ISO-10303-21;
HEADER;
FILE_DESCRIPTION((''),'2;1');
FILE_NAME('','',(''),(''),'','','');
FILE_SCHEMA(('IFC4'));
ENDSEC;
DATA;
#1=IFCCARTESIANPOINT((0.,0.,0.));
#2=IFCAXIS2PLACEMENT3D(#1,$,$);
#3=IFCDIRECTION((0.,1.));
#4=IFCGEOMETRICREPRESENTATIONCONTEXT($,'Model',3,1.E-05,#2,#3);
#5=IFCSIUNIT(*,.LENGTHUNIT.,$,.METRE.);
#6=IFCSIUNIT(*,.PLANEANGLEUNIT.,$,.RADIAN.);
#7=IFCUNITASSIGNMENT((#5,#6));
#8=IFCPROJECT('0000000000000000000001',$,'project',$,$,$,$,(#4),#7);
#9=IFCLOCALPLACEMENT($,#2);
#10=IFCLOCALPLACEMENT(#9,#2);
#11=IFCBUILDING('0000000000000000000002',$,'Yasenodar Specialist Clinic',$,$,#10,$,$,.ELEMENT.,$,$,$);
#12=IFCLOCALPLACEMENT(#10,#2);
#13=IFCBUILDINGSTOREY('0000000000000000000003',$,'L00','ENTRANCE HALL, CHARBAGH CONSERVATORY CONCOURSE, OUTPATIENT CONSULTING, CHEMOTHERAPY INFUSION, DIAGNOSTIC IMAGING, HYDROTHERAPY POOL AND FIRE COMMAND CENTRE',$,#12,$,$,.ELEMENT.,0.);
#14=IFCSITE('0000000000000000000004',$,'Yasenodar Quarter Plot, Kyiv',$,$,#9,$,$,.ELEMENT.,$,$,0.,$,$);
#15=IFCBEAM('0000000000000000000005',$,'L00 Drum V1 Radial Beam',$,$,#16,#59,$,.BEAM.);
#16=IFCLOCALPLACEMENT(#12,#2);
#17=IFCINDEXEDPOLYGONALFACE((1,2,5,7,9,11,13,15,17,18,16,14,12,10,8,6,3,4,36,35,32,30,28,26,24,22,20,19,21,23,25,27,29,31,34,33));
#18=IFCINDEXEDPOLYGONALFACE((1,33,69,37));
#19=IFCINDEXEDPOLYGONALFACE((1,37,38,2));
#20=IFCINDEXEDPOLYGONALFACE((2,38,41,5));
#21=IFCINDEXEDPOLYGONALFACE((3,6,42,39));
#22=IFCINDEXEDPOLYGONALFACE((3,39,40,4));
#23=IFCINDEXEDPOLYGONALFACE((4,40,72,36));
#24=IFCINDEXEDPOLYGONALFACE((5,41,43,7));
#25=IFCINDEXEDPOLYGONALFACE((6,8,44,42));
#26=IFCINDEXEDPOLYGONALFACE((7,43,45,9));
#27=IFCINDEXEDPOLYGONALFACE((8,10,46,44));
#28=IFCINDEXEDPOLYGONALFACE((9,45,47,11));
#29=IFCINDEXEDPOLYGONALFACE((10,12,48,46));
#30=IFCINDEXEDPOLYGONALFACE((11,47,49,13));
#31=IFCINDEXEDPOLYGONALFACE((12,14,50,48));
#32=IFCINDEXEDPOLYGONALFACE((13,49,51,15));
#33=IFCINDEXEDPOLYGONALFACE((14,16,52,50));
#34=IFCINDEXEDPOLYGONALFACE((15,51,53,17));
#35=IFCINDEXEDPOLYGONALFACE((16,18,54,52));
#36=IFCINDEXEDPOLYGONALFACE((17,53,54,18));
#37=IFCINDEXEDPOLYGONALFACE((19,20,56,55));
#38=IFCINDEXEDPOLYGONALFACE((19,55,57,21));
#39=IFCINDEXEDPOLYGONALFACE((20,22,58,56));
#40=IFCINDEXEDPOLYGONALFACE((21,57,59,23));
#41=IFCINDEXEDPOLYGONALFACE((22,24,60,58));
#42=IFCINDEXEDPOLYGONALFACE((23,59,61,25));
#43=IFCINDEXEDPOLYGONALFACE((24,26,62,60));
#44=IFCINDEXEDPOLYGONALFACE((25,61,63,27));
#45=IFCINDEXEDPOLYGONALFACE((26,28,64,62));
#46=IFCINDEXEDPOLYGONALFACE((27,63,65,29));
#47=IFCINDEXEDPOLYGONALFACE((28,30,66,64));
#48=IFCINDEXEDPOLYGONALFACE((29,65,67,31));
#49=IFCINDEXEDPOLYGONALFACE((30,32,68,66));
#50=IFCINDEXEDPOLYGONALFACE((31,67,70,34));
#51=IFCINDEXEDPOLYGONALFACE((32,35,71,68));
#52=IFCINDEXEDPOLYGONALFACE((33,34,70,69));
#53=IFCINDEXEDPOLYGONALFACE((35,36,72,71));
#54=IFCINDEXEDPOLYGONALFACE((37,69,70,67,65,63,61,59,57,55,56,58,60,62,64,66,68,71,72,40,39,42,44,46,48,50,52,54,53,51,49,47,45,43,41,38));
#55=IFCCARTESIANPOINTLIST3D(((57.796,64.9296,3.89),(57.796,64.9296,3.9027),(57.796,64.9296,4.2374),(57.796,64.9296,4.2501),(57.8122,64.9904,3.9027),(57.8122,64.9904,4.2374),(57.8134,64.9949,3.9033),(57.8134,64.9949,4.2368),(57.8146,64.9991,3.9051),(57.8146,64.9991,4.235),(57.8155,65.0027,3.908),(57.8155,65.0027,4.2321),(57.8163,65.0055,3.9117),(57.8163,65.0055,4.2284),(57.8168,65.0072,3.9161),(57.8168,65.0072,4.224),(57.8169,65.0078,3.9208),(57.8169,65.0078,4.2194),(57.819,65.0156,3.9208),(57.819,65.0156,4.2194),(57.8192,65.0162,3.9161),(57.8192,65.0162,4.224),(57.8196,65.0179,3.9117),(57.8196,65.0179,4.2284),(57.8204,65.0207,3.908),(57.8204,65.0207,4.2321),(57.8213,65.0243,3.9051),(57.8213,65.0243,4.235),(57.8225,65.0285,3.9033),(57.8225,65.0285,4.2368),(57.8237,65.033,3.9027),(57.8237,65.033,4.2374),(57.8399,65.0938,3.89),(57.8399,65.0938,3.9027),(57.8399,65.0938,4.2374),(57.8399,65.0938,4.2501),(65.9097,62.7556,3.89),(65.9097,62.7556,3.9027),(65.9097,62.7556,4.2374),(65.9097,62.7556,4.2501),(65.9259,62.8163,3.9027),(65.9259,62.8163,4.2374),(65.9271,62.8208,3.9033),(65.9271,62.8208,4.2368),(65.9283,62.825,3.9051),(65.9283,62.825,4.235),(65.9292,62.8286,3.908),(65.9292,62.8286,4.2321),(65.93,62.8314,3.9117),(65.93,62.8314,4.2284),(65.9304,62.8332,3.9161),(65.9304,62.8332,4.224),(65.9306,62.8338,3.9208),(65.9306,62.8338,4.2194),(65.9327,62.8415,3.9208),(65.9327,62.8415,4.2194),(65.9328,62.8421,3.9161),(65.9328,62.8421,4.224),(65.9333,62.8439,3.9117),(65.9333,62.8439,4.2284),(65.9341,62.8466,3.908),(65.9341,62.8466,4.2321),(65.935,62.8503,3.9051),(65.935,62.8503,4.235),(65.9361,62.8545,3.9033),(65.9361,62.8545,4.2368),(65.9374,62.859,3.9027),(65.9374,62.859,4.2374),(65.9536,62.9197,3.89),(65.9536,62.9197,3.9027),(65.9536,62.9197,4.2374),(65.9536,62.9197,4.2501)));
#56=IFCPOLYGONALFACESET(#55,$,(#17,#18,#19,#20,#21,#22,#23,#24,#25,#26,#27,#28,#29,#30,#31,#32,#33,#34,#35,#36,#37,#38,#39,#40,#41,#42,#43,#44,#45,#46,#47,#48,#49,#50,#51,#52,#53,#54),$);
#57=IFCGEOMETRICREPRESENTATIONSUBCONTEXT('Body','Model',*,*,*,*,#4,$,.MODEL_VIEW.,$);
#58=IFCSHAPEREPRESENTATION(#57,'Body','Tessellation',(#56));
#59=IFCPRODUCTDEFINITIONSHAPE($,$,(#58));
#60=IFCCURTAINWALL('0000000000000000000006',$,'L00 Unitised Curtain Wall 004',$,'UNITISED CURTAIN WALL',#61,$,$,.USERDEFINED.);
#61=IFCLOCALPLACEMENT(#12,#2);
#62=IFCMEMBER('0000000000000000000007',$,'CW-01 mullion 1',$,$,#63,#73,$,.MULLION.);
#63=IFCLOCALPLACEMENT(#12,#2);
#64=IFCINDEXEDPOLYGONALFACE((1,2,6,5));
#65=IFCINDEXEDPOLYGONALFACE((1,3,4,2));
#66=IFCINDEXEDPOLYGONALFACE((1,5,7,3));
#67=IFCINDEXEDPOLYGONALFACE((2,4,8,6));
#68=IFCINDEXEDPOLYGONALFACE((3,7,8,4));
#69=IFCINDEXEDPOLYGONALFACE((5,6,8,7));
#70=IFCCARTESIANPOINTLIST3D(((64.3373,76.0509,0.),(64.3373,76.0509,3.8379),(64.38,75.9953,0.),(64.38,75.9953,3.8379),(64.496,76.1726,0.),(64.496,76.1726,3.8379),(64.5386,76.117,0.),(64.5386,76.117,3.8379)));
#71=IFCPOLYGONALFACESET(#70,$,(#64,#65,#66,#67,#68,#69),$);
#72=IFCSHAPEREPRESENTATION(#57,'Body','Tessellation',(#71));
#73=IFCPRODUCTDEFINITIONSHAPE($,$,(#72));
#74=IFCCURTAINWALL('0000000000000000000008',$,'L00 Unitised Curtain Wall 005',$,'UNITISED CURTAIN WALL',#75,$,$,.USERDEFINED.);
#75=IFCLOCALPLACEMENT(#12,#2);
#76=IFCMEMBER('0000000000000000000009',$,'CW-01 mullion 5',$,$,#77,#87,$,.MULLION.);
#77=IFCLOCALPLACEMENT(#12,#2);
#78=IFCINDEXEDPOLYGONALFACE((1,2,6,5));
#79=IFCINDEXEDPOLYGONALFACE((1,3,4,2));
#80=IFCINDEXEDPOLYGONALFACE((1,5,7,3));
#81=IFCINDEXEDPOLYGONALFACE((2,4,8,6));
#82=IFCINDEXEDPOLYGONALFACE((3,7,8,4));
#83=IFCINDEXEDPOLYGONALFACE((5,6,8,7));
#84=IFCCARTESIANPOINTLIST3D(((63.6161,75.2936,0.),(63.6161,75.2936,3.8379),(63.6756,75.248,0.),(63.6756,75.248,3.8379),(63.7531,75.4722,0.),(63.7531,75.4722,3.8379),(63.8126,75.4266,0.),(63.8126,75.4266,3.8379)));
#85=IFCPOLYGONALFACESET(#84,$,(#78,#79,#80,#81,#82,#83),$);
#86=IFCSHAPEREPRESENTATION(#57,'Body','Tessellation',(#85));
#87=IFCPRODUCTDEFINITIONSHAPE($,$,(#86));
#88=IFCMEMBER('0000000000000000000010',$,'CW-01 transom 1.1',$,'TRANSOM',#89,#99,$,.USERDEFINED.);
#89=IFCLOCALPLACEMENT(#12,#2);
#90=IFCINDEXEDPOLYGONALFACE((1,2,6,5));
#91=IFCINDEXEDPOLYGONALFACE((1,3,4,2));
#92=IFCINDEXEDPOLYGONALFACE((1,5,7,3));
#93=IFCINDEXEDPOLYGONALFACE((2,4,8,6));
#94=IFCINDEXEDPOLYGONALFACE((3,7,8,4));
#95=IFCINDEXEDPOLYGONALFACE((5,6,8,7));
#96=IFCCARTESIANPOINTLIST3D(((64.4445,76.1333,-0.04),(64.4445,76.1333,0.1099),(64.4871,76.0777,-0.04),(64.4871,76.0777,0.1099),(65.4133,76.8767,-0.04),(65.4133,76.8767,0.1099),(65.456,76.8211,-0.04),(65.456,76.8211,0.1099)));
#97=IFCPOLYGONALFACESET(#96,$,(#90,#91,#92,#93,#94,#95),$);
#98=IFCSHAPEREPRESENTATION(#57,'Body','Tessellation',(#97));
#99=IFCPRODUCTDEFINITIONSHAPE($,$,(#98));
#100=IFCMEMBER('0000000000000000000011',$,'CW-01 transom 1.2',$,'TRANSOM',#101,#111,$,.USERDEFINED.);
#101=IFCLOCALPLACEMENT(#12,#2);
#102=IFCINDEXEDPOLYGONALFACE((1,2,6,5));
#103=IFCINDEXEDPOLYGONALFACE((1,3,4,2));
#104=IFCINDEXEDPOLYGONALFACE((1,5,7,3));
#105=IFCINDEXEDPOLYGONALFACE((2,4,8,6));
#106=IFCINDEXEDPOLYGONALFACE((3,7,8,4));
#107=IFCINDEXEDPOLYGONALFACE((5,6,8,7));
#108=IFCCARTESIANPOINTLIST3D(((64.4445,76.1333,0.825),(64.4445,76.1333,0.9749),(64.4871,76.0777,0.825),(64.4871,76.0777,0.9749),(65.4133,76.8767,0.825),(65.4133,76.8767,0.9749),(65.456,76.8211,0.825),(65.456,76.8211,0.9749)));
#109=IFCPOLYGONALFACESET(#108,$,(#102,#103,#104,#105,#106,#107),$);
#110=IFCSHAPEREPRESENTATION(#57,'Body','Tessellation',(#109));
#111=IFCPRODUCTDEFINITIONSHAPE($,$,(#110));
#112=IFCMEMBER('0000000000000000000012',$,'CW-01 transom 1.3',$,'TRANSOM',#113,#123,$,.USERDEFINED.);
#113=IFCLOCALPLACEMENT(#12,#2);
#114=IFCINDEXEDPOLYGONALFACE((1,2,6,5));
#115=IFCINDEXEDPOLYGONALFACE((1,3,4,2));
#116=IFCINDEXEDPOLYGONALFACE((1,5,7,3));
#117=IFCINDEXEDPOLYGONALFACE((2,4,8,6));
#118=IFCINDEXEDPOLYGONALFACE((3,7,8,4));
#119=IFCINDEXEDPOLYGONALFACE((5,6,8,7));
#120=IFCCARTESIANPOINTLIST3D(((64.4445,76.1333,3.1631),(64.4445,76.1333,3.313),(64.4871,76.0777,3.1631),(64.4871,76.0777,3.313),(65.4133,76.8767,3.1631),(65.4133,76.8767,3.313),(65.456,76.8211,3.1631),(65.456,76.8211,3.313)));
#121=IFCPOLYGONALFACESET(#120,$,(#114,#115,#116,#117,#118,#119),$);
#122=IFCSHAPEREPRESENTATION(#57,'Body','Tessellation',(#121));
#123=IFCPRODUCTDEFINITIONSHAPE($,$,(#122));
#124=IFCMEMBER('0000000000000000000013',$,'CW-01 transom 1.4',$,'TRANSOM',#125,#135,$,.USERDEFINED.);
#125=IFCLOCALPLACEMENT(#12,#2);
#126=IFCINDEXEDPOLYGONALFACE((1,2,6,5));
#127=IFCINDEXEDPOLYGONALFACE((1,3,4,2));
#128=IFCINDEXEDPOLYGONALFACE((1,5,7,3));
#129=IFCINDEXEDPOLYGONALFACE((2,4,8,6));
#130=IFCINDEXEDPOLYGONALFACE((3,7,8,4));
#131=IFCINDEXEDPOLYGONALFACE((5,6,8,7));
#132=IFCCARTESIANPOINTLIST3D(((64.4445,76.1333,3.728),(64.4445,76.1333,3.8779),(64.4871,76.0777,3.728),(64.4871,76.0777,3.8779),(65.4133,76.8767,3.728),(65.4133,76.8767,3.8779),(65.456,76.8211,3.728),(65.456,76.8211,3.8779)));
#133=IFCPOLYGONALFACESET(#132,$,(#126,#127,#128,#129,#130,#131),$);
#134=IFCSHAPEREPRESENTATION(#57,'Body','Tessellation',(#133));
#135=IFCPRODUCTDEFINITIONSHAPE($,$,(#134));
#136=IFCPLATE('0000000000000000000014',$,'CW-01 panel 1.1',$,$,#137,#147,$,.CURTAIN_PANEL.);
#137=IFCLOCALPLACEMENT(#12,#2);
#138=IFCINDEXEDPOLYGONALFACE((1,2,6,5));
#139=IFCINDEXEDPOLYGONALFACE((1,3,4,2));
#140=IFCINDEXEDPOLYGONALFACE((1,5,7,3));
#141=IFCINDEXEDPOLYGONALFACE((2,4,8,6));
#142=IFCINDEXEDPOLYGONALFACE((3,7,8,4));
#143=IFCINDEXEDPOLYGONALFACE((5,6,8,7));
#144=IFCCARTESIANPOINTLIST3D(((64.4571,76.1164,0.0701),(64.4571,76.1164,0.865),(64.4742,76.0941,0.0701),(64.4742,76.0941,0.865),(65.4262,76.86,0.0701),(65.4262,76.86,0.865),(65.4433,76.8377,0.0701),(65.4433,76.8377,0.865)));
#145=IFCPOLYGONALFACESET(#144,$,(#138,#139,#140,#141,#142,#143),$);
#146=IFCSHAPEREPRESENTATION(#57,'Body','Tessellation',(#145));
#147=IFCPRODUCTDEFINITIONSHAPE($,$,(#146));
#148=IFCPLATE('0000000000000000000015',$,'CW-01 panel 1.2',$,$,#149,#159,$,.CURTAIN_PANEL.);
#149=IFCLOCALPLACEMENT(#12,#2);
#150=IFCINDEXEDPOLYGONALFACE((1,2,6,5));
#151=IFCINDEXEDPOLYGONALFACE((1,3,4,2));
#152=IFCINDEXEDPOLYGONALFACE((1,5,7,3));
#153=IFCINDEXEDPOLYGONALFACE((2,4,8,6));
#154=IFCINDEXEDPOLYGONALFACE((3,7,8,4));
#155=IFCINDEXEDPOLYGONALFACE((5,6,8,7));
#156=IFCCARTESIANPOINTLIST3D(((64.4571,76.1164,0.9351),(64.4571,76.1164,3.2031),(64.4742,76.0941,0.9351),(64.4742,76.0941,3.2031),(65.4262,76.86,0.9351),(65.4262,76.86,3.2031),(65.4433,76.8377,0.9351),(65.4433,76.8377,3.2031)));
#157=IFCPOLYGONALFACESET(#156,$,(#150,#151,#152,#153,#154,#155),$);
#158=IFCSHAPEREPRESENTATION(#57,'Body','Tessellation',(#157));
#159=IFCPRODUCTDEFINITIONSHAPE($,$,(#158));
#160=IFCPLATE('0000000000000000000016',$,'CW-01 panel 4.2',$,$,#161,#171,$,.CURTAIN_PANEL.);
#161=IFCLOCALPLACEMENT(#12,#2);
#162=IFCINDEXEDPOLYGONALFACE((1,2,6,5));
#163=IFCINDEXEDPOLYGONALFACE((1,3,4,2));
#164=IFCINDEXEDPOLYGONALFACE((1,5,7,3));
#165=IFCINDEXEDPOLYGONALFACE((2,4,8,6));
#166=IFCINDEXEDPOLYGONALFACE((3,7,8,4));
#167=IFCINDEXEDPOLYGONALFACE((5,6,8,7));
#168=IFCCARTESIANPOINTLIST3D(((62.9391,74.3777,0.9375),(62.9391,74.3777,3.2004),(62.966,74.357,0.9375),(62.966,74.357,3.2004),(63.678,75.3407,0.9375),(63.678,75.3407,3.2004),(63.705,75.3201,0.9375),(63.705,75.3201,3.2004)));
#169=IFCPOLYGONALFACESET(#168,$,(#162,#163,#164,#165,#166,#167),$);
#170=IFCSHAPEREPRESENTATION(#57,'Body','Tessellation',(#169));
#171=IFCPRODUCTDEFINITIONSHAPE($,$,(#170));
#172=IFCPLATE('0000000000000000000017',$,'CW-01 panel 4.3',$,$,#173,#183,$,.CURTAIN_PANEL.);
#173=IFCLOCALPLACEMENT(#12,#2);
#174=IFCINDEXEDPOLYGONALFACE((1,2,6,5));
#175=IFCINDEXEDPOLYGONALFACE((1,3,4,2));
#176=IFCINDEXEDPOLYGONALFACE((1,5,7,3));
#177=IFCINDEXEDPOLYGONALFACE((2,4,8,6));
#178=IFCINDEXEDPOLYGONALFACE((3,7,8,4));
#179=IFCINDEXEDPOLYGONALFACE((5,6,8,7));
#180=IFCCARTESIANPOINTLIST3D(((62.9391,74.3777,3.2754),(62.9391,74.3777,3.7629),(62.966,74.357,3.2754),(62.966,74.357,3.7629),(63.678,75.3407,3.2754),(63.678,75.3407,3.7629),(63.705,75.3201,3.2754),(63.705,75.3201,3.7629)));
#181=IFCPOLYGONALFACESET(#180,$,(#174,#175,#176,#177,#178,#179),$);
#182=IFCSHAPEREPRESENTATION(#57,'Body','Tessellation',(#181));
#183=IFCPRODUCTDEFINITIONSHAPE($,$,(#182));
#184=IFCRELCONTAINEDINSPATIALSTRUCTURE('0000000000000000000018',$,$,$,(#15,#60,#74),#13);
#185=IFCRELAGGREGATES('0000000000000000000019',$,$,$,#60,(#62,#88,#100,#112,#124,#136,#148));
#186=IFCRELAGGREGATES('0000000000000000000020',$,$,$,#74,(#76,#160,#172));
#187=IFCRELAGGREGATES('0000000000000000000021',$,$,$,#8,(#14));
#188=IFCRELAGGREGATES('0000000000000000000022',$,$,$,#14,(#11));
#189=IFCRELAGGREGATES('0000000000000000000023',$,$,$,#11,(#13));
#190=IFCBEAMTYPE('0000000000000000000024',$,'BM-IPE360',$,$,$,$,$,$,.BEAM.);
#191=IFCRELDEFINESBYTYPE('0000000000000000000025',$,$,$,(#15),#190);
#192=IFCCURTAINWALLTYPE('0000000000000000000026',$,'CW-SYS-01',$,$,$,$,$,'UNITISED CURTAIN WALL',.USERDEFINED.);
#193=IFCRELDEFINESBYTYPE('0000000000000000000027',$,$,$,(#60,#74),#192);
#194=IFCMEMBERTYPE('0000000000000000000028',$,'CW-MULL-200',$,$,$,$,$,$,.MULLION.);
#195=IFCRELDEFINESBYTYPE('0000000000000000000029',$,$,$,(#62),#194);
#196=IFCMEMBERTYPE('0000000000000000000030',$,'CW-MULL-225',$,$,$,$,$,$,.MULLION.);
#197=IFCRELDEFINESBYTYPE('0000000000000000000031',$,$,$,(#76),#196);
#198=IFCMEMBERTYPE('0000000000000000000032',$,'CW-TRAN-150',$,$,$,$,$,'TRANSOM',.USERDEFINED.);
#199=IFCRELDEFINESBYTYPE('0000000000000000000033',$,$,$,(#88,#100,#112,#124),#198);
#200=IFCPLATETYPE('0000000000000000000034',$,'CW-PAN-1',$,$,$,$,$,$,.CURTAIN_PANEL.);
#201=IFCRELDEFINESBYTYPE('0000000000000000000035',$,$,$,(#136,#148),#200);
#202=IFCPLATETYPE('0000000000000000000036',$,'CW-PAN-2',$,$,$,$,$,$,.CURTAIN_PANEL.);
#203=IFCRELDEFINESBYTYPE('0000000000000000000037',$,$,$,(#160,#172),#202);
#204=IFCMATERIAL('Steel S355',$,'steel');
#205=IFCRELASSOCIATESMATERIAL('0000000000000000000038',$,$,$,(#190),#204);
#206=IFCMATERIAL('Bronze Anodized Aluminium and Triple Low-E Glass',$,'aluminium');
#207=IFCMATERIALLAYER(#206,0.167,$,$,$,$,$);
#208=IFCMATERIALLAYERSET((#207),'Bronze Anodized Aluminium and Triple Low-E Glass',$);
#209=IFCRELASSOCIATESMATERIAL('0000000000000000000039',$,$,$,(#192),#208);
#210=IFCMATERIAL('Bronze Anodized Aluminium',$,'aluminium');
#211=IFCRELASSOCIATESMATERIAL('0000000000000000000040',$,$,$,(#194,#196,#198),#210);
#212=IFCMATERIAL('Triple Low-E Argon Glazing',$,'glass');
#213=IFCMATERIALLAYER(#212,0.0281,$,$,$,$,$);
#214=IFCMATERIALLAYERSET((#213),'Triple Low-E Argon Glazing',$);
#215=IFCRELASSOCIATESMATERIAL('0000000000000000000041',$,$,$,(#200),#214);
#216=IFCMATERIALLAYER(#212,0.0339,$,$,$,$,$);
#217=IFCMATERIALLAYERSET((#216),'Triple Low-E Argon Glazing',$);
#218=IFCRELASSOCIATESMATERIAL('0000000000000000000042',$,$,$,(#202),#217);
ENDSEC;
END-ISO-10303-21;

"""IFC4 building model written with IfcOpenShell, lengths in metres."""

from ifc_helpers import new_model, si_unit, direction, frame, origin, origin_2d, place, context, subcontext, project, spatial, rectangle, i_section, extrude, material, layer, layer_set, material_profile, profile_set, type_object, element, aggregate, save


model = new_model("IFC4")

# Units and contexts
model_context = context("Model", 3, precision=1e-05, world=origin(), true_north=direction((0.0, 1.0)))
body_context = subcontext(model_context, "Body", "Model", "MODEL_VIEW")
ifc_project = project(units=[si_unit("LENGTHUNIT", "METRE"), si_unit("PLANEANGLEUNIT", "RADIAN")], contexts=[model_context])

# Site, building, storey
site_placement = place(None, origin())
site = spatial("IfcSite", under=ifc_project, at=site_placement, Name="Yasenodar Quarter Plot, Kyiv", CompositionType="ELEMENT", RefElevation=0.0)
building_placement = place(site_placement, origin())
building = spatial("IfcBuilding", under=site, at=building_placement, Name="Yasenodar Specialist Clinic", CompositionType="ELEMENT")
storey_placement = place(building_placement, origin())
storey = spatial("IfcBuildingStorey", under=building, at=storey_placement, Name="L00", Description="ENTRANCE HALL, CHARBAGH CONSERVATORY CONCOURSE, OUTPATIENT CONSULTING, CHEMOTHERAPY INFUSION, DIAGNOSTIC IMAGING, HYDROTHERAPY POOL AND FIRE COMMAND CENTRE", CompositionType="ELEMENT", Elevation=0.0)

# Shared definitions
ifc_material_1 = material(Name="Steel S355", Category="steel")

# Beam
ifc_material_profile_1 = material_profile(ifc_material_1, i_section(OverallWidth=0.1699, OverallDepth=0.3601, WebThickness=0.0081, FlangeThickness=0.0127, FilletRadius=0.0181, at=origin_2d()), Name="IPE 360")
ifc_profile_set_1 = profile_set([ifc_material_profile_1], Name="Steel S355")
beam_type_1 = type_object("IfcBeamType", Name="BM-IPE360", PredefinedType="BEAM", material=ifc_profile_set_1)
beam_1_placement = place(storey_placement, frame((65.9316, 62.8376, 4.0701), z_axis=(-0.965926, 0.258818, 0.0), x_axis=(-0.258818, -0.965926, 0.0)))
element("IfcBeam", 1, at=beam_1_placement, inside=storey, type_object=beam_type_1, Name="L00 Drum V1 Radial Beam", PredefinedType="BEAM", context=body_context, shape_type="SweptSolid", body=[
    extrude(i_section(OverallWidth=0.1699, OverallDepth=0.3601, WebThickness=0.0081, FlangeThickness=0.0127, FilletRadius=0.0181, at=origin_2d()), origin(), (0.0, 0.0, 1.0), 8.3999),
])

# Curtain walls, members
ifc_material_2 = material(Name="Bronze Anodized Aluminium and Triple Low-E Glass", Category="aluminium")
ifc_layer_1 = layer(ifc_material_2, 0.167)
ifc_layer_set_1 = layer_set([ifc_layer_1], Name="Bronze Anodized Aluminium and Triple Low-E Glass")
curtain_wall_type = type_object("IfcCurtainWallType", Name="CW-SYS-01", ElementType="UNITISED CURTAIN WALL", PredefinedType="USERDEFINED", material=ifc_layer_set_1)
curtain_wall_1_placement = place(storey_placement, origin())
curtain_wall_1 = element("IfcCurtainWall", 2, at=curtain_wall_1_placement, inside=storey, type_object=curtain_wall_type, Name="L00 Unitised Curtain Wall 004", ObjectType="UNITISED CURTAIN WALL", PredefinedType="USERDEFINED")
ifc_material_3 = material(Name="Bronze Anodized Aluminium", Category="aluminium")
ifc_material_profile_2 = material_profile(ifc_material_3, rectangle(XDim=0.0701, YDim=0.2, at=origin_2d()), Name="CW-MULL 70x200")
ifc_profile_set_2 = profile_set([ifc_material_profile_2], Name="Bronze Anodized Aluminium")
member_type_1 = type_object("IfcMemberType", Name="CW-MULL-200", PredefinedType="MULLION", material=ifc_profile_set_2)
member_1_placement = place(storey_placement, frame((64.438, 76.084, 0.0), z_axis=(0.0, 0.0, 1.0), x_axis=(-0.608752, 0.793361, 0.0)))
member_1 = element("IfcMember", 3, at=member_1_placement, type_object=member_type_1, Name="CW-01 mullion 1", PredefinedType="MULLION", context=body_context, shape_type="SweptSolid", body=[
    extrude(rectangle(XDim=0.0701, YDim=0.2, at=origin_2d()), origin(), (0.0, 0.0, 1.0), 3.8379),
])
curtain_wall_2_placement = place(storey_placement, origin())
curtain_wall_2 = element("IfcCurtainWall", 4, at=curtain_wall_2_placement, inside=storey, type_object=curtain_wall_type, Name="L00 Unitised Curtain Wall 005", ObjectType="UNITISED CURTAIN WALL", PredefinedType="USERDEFINED")
ifc_material_profile_3 = material_profile(ifc_material_3, rectangle(XDim=0.075, YDim=0.2251, at=origin_2d()), Name="CW-MULL 75x225")
ifc_profile_set_3 = profile_set([ifc_material_profile_3], Name="Bronze Anodized Aluminium")
member_type_2 = type_object("IfcMemberType", Name="CW-MULL-225", PredefinedType="MULLION", material=ifc_profile_set_3)
member_2_placement = place(storey_placement, frame((63.7144, 75.3601, 0.0), z_axis=(0.0, 0.0, 1.0), x_axis=(-0.793361, 0.608752, 0.0)))
member_2 = element("IfcMember", 5, at=member_2_placement, type_object=member_type_2, Name="CW-01 mullion 5", PredefinedType="MULLION", context=body_context, shape_type="SweptSolid", body=[
    extrude(rectangle(XDim=0.075, YDim=0.2251, at=origin_2d()), origin(), (0.0, 0.0, 1.0), 3.8379),
])

# Members
ifc_material_profile_4 = material_profile(ifc_material_3, rectangle(XDim=0.0701, YDim=0.1499, at=origin_2d()), Name="CW-TRAN 70x150")
ifc_profile_set_4 = profile_set([ifc_material_profile_4], Name="Bronze Anodized Aluminium")
member_type_3 = type_object("IfcMemberType", Name="CW-TRAN-150", ElementType="TRANSOM", PredefinedType="USERDEFINED", material=ifc_profile_set_4)
member_3_placement = place(storey_placement, frame((64.4658, 76.1055, 0.0349), z_axis=(0.79333, 0.608792, 0.0), x_axis=(-0.608792, 0.79333, 0.0)))
member_3 = element("IfcMember", 6, at=member_3_placement, type_object=member_type_3, Name="CW-01 transom 1.1", ObjectType="TRANSOM", PredefinedType="USERDEFINED", context=body_context, shape_type="SweptSolid", body=[
    extrude(rectangle(XDim=0.0701, YDim=0.1499, at=origin_2d()), origin(), (0.0, 0.0, 1.0), 1.2212),
])
member_4_placement = place(storey_placement, frame((64.4658, 76.1055, 0.8999), z_axis=(0.79333, 0.608792, 0.0), x_axis=(-0.608792, 0.79333, 0.0)))
member_4 = element("IfcMember", 7, at=member_4_placement, type_object=member_type_3, Name="CW-01 transom 1.2", ObjectType="TRANSOM", PredefinedType="USERDEFINED", context=body_context, shape_type="SweptSolid", body=[
    extrude(rectangle(XDim=0.0701, YDim=0.1499, at=origin_2d()), origin(), (0.0, 0.0, 1.0), 1.2212),
])
member_5_placement = place(storey_placement, frame((64.4658, 76.1055, 3.238), z_axis=(0.79333, 0.608792, 0.0), x_axis=(-0.608792, 0.79333, 0.0)))
member_5 = element("IfcMember", 8, at=member_5_placement, type_object=member_type_3, Name="CW-01 transom 1.3", ObjectType="TRANSOM", PredefinedType="USERDEFINED", context=body_context, shape_type="SweptSolid", body=[
    extrude(rectangle(XDim=0.0701, YDim=0.1499, at=origin_2d()), origin(), (0.0, 0.0, 1.0), 1.2212),
])
member_6_placement = place(storey_placement, frame((64.4658, 76.1055, 3.803), z_axis=(0.79333, 0.608792, 0.0), x_axis=(-0.608792, 0.79333, 0.0)))
member_6 = element("IfcMember", 9, at=member_6_placement, type_object=member_type_3, Name="CW-01 transom 1.4", ObjectType="TRANSOM", PredefinedType="USERDEFINED", context=body_context, shape_type="SweptSolid", body=[
    extrude(rectangle(XDim=0.0701, YDim=0.1499, at=origin_2d()), origin(), (0.0, 0.0, 1.0), 1.2212),
])

# Plates
ifc_material_4 = material(Name="Triple Low-E Argon Glazing", Category="glass")
ifc_layer_2 = layer(ifc_material_4, 0.0281)
ifc_layer_set_2 = layer_set([ifc_layer_2], Name="Triple Low-E Argon Glazing")
plate_type_1 = type_object("IfcPlateType", Name="CW-PAN-1", PredefinedType="CURTAIN_PANEL", material=ifc_layer_set_2)
plate_1_placement = place(storey_placement, frame((64.9502, 76.4771, 0.0701), z_axis=(0.0, 0.0, 1.0), x_axis=(0.793361, 0.608752, 0.0)))
plate_1 = element("IfcPlate", 10, at=plate_1_placement, type_object=plate_type_1, Name="CW-01 panel 1.1", PredefinedType="CURTAIN_PANEL", context=body_context, shape_type="SweptSolid", body=[
    extrude(rectangle(XDim=1.2214, YDim=0.0281, at=origin_2d()), origin(), (0.0, 0.0, 1.0), 0.7949),
])
plate_2_placement = place(storey_placement, frame((64.9502, 76.4771, 0.9351), z_axis=(0.0, 0.0, 1.0), x_axis=(0.793361, 0.608752, 0.0)))
plate_2 = element("IfcPlate", 11, at=plate_2_placement, type_object=plate_type_1, Name="CW-01 panel 1.2", PredefinedType="CURTAIN_PANEL", context=body_context, shape_type="SweptSolid", body=[
    extrude(rectangle(XDim=1.2214, YDim=0.0281, at=origin_2d()), origin(), (0.0, 0.0, 1.0), 2.2681),
])
aggregate(curtain_wall_1, [member_1, member_3, member_4, member_5, member_6, plate_1, plate_2])
ifc_layer_3 = layer(ifc_material_4, 0.0339)
ifc_layer_set_3 = layer_set([ifc_layer_3], Name="Triple Low-E Argon Glazing")
plate_type_2 = type_object("IfcPlateType", Name="CW-PAN-2", PredefinedType="CURTAIN_PANEL", material=ifc_layer_set_3)
plate_3_placement = place(storey_placement, frame((63.322, 74.8489, 0.9375), z_axis=(0.0, 0.0, 1.0), x_axis=(0.608752, 0.793361, 0.0)))
plate_3 = element("IfcPlate", 12, at=plate_3_placement, type_object=plate_type_2, Name="CW-01 panel 4.2", PredefinedType="CURTAIN_PANEL", context=body_context, shape_type="SweptSolid", body=[
    extrude(rectangle(XDim=1.2139, YDim=0.0339, at=origin_2d()), origin(), (0.0, 0.0, 1.0), 2.2629),
])
plate_4_placement = place(storey_placement, frame((63.322, 74.8489, 3.2754), z_axis=(0.0, 0.0, 1.0), x_axis=(0.608752, 0.793361, 0.0)))
plate_4 = element("IfcPlate", 13, at=plate_4_placement, type_object=plate_type_2, Name="CW-01 panel 4.3", PredefinedType="CURTAIN_PANEL", context=body_context, shape_type="SweptSolid", body=[
    extrude(rectangle(XDim=1.2139, YDim=0.0339, at=origin_2d()), origin(), (0.0, 0.0, 1.0), 0.4875),
])
aggregate(curtain_wall_2, [member_2, plate_3, plate_4])

save(model, "model.ifc")
